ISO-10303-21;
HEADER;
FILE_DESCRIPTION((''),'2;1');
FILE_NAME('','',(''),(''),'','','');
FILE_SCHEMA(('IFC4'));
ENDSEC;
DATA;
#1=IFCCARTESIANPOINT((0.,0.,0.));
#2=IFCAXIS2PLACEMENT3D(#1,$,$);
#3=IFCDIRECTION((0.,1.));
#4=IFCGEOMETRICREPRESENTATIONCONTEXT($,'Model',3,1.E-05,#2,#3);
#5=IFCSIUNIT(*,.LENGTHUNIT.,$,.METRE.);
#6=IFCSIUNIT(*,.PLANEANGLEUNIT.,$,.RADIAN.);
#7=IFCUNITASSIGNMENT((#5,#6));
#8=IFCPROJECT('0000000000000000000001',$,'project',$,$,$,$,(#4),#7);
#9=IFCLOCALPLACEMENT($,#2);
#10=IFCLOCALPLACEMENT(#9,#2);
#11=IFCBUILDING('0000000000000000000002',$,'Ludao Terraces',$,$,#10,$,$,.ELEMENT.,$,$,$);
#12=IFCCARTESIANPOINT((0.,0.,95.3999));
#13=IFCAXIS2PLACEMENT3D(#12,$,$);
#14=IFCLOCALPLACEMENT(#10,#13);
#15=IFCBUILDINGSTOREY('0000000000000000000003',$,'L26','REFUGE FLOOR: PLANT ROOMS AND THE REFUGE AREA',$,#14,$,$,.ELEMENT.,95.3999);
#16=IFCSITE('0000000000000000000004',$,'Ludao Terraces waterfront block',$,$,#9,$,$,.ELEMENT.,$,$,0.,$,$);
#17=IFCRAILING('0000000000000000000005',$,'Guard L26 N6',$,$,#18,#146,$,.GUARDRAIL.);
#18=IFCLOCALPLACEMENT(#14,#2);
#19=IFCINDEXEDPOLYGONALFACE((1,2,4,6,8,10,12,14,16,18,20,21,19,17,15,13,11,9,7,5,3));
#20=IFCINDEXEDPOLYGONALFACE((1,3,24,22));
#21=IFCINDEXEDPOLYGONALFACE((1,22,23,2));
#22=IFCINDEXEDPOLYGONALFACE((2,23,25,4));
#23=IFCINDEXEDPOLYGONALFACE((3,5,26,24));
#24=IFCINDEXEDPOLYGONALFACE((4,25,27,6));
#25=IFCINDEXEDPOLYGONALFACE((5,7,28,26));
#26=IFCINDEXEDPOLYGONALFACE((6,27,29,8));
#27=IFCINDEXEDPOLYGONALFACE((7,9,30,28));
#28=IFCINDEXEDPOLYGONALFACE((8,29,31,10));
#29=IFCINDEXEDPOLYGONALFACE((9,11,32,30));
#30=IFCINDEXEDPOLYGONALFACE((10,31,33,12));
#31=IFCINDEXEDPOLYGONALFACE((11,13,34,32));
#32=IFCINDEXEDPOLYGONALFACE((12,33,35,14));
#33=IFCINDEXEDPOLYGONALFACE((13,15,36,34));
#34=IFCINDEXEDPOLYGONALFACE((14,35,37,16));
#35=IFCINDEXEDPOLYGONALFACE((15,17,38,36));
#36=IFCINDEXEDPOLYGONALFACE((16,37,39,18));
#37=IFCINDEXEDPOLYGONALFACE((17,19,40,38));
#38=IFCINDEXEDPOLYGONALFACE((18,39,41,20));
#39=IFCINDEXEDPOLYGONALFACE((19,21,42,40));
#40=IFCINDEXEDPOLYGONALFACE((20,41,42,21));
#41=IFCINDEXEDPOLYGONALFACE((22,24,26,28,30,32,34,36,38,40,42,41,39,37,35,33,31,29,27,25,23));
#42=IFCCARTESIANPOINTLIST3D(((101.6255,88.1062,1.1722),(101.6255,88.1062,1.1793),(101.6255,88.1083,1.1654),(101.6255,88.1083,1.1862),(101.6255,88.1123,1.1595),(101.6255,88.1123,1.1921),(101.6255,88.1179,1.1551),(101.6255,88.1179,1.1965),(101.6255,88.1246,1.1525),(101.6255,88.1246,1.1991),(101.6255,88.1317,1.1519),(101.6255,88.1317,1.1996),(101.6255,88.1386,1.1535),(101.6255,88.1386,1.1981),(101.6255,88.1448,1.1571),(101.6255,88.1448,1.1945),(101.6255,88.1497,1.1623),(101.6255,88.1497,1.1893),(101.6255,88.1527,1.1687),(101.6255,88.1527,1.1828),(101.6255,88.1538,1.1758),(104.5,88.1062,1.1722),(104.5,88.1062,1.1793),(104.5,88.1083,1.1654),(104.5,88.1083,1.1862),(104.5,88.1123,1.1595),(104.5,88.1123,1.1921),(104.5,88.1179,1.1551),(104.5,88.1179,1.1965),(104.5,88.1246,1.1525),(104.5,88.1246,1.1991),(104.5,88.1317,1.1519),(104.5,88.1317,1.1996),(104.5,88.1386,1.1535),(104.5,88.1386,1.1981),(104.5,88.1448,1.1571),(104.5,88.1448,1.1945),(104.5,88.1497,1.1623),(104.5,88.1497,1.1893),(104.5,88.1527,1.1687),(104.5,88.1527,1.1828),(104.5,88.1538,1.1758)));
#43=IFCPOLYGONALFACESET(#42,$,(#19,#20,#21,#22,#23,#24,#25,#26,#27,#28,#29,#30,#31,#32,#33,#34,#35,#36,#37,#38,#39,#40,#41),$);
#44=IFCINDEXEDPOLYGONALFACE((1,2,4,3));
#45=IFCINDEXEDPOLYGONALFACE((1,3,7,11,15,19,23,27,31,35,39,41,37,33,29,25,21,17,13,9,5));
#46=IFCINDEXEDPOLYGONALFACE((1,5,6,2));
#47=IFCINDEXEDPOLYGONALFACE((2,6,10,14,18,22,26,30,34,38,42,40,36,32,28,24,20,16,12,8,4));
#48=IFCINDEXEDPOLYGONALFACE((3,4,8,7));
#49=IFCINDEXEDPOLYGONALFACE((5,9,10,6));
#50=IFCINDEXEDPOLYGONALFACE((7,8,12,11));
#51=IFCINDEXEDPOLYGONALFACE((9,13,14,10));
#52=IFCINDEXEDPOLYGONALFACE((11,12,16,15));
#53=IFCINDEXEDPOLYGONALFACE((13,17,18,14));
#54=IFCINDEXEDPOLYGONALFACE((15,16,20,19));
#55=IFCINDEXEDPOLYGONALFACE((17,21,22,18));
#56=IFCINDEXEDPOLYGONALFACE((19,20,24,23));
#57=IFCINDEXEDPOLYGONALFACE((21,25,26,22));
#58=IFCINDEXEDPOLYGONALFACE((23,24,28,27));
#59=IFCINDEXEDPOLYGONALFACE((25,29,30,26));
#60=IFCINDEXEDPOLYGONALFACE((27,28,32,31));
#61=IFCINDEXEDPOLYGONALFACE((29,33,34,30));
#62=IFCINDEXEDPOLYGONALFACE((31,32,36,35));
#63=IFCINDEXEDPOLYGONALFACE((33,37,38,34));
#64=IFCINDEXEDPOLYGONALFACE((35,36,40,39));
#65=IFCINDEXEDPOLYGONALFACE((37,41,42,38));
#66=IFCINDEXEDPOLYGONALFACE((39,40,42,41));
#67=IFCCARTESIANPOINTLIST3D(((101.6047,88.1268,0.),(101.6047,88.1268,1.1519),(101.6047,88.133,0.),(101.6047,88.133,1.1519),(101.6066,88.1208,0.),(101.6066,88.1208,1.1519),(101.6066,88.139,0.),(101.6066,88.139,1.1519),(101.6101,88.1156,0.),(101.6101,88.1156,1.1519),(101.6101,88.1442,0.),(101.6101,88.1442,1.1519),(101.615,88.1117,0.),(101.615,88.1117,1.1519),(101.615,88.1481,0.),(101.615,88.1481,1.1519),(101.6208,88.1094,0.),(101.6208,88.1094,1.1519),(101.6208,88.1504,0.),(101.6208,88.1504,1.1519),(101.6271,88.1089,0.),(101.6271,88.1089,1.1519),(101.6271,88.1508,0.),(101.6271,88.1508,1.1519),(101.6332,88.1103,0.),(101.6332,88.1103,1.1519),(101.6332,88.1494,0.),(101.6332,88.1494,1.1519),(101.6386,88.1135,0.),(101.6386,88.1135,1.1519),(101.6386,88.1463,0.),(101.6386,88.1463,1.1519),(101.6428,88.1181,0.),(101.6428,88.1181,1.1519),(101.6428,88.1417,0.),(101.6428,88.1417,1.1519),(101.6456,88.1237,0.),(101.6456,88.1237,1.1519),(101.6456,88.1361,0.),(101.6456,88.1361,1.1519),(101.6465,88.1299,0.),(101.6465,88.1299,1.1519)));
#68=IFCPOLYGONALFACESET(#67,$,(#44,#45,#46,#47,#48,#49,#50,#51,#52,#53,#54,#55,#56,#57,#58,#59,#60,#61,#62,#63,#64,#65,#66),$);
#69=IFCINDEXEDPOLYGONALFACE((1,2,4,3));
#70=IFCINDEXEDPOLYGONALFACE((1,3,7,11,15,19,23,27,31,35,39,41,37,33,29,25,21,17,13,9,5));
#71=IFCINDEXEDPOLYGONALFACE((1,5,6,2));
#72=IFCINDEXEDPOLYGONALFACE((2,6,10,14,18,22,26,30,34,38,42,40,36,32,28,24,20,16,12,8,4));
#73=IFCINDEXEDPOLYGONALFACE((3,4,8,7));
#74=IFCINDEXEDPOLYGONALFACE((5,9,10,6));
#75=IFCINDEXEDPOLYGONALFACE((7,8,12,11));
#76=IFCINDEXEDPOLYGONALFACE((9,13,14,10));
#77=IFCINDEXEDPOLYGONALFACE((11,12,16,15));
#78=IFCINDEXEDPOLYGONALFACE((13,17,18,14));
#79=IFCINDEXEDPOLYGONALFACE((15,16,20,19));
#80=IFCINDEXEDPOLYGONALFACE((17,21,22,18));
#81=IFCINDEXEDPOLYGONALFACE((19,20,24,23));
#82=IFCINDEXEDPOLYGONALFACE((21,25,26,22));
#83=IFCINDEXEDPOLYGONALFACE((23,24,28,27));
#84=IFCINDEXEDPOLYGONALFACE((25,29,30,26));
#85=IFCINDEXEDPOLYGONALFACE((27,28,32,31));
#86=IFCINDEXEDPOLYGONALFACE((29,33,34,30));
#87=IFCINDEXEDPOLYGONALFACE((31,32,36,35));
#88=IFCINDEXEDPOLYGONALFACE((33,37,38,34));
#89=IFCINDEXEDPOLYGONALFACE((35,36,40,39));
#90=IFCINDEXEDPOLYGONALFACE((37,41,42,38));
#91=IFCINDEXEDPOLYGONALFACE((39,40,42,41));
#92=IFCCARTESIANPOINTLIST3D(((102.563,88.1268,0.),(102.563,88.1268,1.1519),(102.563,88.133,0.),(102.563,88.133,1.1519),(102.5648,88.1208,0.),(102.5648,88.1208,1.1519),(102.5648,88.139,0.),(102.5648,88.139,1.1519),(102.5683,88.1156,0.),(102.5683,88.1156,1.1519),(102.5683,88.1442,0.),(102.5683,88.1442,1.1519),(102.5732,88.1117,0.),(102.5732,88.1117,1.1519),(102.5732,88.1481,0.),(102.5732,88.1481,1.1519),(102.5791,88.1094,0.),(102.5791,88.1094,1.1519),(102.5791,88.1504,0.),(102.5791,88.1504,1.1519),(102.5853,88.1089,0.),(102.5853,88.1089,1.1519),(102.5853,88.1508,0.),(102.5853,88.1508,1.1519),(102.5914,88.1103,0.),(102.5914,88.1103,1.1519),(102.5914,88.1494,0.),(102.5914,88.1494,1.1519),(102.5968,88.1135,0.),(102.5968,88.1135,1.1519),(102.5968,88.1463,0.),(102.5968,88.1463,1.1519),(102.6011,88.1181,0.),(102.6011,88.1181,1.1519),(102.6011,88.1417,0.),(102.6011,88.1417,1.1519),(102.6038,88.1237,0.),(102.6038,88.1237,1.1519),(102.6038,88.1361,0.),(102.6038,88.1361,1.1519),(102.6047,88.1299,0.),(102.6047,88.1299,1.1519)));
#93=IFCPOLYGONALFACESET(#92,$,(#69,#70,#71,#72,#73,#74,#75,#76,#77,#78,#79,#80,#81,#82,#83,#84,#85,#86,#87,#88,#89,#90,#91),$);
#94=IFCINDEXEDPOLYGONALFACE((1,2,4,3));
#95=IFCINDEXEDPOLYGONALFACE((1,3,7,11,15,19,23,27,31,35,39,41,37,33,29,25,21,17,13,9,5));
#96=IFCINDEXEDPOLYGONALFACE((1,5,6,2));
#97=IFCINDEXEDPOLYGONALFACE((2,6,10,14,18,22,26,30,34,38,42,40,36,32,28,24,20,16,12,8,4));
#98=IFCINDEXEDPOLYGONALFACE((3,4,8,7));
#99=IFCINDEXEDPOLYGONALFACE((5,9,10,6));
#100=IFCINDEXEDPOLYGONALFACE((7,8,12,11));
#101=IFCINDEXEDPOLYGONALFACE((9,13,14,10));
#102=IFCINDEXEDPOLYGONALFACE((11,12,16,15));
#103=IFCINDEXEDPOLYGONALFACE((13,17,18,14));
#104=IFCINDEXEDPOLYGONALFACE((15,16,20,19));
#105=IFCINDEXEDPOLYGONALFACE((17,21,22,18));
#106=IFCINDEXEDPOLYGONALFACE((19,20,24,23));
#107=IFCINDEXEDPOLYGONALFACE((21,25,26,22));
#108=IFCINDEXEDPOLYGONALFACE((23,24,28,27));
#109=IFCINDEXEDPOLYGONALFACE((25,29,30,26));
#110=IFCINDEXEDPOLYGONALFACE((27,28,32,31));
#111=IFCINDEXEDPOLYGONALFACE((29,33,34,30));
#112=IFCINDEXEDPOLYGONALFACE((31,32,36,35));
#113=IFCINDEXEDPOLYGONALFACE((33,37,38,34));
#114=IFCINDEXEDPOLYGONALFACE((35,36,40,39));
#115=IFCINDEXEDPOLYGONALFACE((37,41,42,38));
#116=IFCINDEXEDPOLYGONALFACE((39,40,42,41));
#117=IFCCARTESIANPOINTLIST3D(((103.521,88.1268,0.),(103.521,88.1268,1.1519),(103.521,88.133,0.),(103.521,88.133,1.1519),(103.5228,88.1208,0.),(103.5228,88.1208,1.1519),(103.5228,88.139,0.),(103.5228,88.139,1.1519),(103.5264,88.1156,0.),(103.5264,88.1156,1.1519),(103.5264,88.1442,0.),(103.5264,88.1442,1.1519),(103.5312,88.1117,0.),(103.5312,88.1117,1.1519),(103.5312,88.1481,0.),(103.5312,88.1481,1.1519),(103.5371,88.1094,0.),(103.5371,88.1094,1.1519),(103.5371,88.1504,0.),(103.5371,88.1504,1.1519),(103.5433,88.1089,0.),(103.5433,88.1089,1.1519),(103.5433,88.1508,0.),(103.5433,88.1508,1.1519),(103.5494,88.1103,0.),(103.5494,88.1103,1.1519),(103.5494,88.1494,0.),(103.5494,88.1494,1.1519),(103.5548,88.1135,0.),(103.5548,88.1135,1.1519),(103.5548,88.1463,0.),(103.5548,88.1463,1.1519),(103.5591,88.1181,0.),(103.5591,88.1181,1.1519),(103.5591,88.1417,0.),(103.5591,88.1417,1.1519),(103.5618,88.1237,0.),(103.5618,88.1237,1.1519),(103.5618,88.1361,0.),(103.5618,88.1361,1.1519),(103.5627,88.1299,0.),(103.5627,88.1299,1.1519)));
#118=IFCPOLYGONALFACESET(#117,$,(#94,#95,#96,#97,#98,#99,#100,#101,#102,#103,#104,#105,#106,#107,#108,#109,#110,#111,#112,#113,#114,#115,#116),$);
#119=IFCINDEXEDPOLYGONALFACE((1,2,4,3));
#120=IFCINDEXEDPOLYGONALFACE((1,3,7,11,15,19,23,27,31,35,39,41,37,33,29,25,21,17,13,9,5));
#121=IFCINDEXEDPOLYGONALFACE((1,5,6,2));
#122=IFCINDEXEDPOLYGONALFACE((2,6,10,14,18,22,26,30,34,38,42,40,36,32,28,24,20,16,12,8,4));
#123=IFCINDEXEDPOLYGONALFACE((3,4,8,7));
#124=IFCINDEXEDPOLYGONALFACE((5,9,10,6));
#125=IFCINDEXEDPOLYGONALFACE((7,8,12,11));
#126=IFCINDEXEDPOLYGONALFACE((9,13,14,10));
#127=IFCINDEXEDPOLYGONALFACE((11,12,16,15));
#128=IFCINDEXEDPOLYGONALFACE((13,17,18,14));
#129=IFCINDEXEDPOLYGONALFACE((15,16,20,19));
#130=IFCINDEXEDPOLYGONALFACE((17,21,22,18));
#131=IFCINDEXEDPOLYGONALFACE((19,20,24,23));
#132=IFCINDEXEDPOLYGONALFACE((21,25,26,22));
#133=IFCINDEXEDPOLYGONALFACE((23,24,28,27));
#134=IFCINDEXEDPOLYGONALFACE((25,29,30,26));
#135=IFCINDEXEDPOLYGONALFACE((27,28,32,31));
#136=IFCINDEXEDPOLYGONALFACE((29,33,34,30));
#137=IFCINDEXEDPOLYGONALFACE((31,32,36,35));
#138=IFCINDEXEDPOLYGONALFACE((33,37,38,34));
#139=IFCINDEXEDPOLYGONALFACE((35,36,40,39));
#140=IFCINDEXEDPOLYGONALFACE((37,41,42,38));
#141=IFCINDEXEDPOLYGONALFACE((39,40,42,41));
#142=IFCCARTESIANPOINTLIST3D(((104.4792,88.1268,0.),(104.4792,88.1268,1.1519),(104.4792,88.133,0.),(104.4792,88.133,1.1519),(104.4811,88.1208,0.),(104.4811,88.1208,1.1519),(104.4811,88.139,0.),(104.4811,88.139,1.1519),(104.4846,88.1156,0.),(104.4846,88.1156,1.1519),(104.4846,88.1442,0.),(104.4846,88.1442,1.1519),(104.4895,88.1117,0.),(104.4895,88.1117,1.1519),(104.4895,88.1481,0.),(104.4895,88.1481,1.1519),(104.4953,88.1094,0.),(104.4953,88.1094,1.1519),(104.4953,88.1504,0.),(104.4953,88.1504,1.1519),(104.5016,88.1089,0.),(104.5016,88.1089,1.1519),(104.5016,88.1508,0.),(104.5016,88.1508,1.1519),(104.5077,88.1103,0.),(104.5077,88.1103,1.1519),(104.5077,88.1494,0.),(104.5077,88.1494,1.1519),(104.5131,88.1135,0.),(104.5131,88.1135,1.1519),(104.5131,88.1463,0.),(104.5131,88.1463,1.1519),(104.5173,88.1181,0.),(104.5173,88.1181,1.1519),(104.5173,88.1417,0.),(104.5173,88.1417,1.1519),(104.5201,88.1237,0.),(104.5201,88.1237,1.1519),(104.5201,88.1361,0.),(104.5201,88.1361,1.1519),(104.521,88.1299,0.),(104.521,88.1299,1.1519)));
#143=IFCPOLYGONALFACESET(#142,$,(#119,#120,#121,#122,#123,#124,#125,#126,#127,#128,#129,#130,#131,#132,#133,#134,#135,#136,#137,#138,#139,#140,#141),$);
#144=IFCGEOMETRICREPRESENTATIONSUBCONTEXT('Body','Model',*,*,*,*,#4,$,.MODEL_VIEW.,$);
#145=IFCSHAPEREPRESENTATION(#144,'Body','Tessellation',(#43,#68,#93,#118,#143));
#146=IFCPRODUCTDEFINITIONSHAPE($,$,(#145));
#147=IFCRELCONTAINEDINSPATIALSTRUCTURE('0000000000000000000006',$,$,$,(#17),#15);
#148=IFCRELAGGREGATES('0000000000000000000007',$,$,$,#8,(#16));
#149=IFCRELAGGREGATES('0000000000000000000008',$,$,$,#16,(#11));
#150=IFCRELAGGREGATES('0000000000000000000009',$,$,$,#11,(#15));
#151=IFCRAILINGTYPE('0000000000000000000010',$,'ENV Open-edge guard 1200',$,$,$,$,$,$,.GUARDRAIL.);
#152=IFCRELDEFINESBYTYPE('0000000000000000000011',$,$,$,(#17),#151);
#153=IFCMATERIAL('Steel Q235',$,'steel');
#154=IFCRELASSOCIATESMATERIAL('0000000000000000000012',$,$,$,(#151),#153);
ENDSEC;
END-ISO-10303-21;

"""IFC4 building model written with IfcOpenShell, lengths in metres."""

from ifc_helpers import new_model, si_unit, direction, frame, origin, origin_2d, place, context, subcontext, project, spatial, circle, extrude, material, type_object, element, save


model = new_model("IFC4")

# Units and contexts
model_context = context("Model", 3, precision=1e-05, world=origin(), true_north=direction((0.0, 1.0)))
body_context = subcontext(model_context, "Body", "Model", "MODEL_VIEW")
ifc_project = project(units=[si_unit("LENGTHUNIT", "METRE"), si_unit("PLANEANGLEUNIT", "RADIAN")], contexts=[model_context])

# Site, building, storey
site_placement = place(None, origin())
site = spatial("IfcSite", under=ifc_project, at=site_placement, Name="Ludao Terraces waterfront block", CompositionType="ELEMENT", RefElevation=0.0)
building_placement = place(site_placement, origin())
building = spatial("IfcBuilding", under=site, at=building_placement, Name="Ludao Terraces", CompositionType="ELEMENT")
storey_placement = place(building_placement, frame((0.0, 0.0, 95.3999)))
storey = spatial("IfcBuildingStorey", under=building, at=storey_placement, Name="L26", Description="REFUGE FLOOR: PLANT ROOMS AND THE REFUGE AREA", CompositionType="ELEMENT", Elevation=95.3999)

# Railing
ifc_material_1 = material(Name="Steel Q235", Category="steel")
railing_type = type_object("IfcRailingType", Name="ENV Open-edge guard 1200", PredefinedType="GUARDRAIL", material=ifc_material_1)
railing_1_placement = place(storey_placement, frame((101.6255, 88.1299, 0.0)))
element("IfcRailing", 1, at=railing_1_placement, inside=storey, type_object=railing_type, Name="Guard L26 N6", PredefinedType="GUARDRAIL", context=body_context, shape_type="SweptSolid", body=[
    extrude(circle(Radius=0.0239, at=origin_2d()), frame((0.0, 0.0, 1.1758), z_axis=(1.0, 0.0, 0.0), x_axis=(0.0, 1.0, 0.0)), (0.0, 0.0, 1.0), 2.8745),
    extrude(circle(Radius=0.021, at=origin_2d()), origin(), (0.0, 0.0, 1.0), 1.1519),
    extrude(circle(Radius=0.021, at=origin_2d()), frame((0.9583, 0.0, 0.0)), (0.0, 0.0, 1.0), 1.1519),
    extrude(circle(Radius=0.021, at=origin_2d()), frame((1.9163, 0.0, 0.0)), (0.0, 0.0, 1.0), 1.1519),
    extrude(circle(Radius=0.021, at=origin_2d()), frame((2.8745, 0.0, 0.0)), (0.0, 0.0, 1.0), 1.1519),
])

save(model, "model.ifc")
